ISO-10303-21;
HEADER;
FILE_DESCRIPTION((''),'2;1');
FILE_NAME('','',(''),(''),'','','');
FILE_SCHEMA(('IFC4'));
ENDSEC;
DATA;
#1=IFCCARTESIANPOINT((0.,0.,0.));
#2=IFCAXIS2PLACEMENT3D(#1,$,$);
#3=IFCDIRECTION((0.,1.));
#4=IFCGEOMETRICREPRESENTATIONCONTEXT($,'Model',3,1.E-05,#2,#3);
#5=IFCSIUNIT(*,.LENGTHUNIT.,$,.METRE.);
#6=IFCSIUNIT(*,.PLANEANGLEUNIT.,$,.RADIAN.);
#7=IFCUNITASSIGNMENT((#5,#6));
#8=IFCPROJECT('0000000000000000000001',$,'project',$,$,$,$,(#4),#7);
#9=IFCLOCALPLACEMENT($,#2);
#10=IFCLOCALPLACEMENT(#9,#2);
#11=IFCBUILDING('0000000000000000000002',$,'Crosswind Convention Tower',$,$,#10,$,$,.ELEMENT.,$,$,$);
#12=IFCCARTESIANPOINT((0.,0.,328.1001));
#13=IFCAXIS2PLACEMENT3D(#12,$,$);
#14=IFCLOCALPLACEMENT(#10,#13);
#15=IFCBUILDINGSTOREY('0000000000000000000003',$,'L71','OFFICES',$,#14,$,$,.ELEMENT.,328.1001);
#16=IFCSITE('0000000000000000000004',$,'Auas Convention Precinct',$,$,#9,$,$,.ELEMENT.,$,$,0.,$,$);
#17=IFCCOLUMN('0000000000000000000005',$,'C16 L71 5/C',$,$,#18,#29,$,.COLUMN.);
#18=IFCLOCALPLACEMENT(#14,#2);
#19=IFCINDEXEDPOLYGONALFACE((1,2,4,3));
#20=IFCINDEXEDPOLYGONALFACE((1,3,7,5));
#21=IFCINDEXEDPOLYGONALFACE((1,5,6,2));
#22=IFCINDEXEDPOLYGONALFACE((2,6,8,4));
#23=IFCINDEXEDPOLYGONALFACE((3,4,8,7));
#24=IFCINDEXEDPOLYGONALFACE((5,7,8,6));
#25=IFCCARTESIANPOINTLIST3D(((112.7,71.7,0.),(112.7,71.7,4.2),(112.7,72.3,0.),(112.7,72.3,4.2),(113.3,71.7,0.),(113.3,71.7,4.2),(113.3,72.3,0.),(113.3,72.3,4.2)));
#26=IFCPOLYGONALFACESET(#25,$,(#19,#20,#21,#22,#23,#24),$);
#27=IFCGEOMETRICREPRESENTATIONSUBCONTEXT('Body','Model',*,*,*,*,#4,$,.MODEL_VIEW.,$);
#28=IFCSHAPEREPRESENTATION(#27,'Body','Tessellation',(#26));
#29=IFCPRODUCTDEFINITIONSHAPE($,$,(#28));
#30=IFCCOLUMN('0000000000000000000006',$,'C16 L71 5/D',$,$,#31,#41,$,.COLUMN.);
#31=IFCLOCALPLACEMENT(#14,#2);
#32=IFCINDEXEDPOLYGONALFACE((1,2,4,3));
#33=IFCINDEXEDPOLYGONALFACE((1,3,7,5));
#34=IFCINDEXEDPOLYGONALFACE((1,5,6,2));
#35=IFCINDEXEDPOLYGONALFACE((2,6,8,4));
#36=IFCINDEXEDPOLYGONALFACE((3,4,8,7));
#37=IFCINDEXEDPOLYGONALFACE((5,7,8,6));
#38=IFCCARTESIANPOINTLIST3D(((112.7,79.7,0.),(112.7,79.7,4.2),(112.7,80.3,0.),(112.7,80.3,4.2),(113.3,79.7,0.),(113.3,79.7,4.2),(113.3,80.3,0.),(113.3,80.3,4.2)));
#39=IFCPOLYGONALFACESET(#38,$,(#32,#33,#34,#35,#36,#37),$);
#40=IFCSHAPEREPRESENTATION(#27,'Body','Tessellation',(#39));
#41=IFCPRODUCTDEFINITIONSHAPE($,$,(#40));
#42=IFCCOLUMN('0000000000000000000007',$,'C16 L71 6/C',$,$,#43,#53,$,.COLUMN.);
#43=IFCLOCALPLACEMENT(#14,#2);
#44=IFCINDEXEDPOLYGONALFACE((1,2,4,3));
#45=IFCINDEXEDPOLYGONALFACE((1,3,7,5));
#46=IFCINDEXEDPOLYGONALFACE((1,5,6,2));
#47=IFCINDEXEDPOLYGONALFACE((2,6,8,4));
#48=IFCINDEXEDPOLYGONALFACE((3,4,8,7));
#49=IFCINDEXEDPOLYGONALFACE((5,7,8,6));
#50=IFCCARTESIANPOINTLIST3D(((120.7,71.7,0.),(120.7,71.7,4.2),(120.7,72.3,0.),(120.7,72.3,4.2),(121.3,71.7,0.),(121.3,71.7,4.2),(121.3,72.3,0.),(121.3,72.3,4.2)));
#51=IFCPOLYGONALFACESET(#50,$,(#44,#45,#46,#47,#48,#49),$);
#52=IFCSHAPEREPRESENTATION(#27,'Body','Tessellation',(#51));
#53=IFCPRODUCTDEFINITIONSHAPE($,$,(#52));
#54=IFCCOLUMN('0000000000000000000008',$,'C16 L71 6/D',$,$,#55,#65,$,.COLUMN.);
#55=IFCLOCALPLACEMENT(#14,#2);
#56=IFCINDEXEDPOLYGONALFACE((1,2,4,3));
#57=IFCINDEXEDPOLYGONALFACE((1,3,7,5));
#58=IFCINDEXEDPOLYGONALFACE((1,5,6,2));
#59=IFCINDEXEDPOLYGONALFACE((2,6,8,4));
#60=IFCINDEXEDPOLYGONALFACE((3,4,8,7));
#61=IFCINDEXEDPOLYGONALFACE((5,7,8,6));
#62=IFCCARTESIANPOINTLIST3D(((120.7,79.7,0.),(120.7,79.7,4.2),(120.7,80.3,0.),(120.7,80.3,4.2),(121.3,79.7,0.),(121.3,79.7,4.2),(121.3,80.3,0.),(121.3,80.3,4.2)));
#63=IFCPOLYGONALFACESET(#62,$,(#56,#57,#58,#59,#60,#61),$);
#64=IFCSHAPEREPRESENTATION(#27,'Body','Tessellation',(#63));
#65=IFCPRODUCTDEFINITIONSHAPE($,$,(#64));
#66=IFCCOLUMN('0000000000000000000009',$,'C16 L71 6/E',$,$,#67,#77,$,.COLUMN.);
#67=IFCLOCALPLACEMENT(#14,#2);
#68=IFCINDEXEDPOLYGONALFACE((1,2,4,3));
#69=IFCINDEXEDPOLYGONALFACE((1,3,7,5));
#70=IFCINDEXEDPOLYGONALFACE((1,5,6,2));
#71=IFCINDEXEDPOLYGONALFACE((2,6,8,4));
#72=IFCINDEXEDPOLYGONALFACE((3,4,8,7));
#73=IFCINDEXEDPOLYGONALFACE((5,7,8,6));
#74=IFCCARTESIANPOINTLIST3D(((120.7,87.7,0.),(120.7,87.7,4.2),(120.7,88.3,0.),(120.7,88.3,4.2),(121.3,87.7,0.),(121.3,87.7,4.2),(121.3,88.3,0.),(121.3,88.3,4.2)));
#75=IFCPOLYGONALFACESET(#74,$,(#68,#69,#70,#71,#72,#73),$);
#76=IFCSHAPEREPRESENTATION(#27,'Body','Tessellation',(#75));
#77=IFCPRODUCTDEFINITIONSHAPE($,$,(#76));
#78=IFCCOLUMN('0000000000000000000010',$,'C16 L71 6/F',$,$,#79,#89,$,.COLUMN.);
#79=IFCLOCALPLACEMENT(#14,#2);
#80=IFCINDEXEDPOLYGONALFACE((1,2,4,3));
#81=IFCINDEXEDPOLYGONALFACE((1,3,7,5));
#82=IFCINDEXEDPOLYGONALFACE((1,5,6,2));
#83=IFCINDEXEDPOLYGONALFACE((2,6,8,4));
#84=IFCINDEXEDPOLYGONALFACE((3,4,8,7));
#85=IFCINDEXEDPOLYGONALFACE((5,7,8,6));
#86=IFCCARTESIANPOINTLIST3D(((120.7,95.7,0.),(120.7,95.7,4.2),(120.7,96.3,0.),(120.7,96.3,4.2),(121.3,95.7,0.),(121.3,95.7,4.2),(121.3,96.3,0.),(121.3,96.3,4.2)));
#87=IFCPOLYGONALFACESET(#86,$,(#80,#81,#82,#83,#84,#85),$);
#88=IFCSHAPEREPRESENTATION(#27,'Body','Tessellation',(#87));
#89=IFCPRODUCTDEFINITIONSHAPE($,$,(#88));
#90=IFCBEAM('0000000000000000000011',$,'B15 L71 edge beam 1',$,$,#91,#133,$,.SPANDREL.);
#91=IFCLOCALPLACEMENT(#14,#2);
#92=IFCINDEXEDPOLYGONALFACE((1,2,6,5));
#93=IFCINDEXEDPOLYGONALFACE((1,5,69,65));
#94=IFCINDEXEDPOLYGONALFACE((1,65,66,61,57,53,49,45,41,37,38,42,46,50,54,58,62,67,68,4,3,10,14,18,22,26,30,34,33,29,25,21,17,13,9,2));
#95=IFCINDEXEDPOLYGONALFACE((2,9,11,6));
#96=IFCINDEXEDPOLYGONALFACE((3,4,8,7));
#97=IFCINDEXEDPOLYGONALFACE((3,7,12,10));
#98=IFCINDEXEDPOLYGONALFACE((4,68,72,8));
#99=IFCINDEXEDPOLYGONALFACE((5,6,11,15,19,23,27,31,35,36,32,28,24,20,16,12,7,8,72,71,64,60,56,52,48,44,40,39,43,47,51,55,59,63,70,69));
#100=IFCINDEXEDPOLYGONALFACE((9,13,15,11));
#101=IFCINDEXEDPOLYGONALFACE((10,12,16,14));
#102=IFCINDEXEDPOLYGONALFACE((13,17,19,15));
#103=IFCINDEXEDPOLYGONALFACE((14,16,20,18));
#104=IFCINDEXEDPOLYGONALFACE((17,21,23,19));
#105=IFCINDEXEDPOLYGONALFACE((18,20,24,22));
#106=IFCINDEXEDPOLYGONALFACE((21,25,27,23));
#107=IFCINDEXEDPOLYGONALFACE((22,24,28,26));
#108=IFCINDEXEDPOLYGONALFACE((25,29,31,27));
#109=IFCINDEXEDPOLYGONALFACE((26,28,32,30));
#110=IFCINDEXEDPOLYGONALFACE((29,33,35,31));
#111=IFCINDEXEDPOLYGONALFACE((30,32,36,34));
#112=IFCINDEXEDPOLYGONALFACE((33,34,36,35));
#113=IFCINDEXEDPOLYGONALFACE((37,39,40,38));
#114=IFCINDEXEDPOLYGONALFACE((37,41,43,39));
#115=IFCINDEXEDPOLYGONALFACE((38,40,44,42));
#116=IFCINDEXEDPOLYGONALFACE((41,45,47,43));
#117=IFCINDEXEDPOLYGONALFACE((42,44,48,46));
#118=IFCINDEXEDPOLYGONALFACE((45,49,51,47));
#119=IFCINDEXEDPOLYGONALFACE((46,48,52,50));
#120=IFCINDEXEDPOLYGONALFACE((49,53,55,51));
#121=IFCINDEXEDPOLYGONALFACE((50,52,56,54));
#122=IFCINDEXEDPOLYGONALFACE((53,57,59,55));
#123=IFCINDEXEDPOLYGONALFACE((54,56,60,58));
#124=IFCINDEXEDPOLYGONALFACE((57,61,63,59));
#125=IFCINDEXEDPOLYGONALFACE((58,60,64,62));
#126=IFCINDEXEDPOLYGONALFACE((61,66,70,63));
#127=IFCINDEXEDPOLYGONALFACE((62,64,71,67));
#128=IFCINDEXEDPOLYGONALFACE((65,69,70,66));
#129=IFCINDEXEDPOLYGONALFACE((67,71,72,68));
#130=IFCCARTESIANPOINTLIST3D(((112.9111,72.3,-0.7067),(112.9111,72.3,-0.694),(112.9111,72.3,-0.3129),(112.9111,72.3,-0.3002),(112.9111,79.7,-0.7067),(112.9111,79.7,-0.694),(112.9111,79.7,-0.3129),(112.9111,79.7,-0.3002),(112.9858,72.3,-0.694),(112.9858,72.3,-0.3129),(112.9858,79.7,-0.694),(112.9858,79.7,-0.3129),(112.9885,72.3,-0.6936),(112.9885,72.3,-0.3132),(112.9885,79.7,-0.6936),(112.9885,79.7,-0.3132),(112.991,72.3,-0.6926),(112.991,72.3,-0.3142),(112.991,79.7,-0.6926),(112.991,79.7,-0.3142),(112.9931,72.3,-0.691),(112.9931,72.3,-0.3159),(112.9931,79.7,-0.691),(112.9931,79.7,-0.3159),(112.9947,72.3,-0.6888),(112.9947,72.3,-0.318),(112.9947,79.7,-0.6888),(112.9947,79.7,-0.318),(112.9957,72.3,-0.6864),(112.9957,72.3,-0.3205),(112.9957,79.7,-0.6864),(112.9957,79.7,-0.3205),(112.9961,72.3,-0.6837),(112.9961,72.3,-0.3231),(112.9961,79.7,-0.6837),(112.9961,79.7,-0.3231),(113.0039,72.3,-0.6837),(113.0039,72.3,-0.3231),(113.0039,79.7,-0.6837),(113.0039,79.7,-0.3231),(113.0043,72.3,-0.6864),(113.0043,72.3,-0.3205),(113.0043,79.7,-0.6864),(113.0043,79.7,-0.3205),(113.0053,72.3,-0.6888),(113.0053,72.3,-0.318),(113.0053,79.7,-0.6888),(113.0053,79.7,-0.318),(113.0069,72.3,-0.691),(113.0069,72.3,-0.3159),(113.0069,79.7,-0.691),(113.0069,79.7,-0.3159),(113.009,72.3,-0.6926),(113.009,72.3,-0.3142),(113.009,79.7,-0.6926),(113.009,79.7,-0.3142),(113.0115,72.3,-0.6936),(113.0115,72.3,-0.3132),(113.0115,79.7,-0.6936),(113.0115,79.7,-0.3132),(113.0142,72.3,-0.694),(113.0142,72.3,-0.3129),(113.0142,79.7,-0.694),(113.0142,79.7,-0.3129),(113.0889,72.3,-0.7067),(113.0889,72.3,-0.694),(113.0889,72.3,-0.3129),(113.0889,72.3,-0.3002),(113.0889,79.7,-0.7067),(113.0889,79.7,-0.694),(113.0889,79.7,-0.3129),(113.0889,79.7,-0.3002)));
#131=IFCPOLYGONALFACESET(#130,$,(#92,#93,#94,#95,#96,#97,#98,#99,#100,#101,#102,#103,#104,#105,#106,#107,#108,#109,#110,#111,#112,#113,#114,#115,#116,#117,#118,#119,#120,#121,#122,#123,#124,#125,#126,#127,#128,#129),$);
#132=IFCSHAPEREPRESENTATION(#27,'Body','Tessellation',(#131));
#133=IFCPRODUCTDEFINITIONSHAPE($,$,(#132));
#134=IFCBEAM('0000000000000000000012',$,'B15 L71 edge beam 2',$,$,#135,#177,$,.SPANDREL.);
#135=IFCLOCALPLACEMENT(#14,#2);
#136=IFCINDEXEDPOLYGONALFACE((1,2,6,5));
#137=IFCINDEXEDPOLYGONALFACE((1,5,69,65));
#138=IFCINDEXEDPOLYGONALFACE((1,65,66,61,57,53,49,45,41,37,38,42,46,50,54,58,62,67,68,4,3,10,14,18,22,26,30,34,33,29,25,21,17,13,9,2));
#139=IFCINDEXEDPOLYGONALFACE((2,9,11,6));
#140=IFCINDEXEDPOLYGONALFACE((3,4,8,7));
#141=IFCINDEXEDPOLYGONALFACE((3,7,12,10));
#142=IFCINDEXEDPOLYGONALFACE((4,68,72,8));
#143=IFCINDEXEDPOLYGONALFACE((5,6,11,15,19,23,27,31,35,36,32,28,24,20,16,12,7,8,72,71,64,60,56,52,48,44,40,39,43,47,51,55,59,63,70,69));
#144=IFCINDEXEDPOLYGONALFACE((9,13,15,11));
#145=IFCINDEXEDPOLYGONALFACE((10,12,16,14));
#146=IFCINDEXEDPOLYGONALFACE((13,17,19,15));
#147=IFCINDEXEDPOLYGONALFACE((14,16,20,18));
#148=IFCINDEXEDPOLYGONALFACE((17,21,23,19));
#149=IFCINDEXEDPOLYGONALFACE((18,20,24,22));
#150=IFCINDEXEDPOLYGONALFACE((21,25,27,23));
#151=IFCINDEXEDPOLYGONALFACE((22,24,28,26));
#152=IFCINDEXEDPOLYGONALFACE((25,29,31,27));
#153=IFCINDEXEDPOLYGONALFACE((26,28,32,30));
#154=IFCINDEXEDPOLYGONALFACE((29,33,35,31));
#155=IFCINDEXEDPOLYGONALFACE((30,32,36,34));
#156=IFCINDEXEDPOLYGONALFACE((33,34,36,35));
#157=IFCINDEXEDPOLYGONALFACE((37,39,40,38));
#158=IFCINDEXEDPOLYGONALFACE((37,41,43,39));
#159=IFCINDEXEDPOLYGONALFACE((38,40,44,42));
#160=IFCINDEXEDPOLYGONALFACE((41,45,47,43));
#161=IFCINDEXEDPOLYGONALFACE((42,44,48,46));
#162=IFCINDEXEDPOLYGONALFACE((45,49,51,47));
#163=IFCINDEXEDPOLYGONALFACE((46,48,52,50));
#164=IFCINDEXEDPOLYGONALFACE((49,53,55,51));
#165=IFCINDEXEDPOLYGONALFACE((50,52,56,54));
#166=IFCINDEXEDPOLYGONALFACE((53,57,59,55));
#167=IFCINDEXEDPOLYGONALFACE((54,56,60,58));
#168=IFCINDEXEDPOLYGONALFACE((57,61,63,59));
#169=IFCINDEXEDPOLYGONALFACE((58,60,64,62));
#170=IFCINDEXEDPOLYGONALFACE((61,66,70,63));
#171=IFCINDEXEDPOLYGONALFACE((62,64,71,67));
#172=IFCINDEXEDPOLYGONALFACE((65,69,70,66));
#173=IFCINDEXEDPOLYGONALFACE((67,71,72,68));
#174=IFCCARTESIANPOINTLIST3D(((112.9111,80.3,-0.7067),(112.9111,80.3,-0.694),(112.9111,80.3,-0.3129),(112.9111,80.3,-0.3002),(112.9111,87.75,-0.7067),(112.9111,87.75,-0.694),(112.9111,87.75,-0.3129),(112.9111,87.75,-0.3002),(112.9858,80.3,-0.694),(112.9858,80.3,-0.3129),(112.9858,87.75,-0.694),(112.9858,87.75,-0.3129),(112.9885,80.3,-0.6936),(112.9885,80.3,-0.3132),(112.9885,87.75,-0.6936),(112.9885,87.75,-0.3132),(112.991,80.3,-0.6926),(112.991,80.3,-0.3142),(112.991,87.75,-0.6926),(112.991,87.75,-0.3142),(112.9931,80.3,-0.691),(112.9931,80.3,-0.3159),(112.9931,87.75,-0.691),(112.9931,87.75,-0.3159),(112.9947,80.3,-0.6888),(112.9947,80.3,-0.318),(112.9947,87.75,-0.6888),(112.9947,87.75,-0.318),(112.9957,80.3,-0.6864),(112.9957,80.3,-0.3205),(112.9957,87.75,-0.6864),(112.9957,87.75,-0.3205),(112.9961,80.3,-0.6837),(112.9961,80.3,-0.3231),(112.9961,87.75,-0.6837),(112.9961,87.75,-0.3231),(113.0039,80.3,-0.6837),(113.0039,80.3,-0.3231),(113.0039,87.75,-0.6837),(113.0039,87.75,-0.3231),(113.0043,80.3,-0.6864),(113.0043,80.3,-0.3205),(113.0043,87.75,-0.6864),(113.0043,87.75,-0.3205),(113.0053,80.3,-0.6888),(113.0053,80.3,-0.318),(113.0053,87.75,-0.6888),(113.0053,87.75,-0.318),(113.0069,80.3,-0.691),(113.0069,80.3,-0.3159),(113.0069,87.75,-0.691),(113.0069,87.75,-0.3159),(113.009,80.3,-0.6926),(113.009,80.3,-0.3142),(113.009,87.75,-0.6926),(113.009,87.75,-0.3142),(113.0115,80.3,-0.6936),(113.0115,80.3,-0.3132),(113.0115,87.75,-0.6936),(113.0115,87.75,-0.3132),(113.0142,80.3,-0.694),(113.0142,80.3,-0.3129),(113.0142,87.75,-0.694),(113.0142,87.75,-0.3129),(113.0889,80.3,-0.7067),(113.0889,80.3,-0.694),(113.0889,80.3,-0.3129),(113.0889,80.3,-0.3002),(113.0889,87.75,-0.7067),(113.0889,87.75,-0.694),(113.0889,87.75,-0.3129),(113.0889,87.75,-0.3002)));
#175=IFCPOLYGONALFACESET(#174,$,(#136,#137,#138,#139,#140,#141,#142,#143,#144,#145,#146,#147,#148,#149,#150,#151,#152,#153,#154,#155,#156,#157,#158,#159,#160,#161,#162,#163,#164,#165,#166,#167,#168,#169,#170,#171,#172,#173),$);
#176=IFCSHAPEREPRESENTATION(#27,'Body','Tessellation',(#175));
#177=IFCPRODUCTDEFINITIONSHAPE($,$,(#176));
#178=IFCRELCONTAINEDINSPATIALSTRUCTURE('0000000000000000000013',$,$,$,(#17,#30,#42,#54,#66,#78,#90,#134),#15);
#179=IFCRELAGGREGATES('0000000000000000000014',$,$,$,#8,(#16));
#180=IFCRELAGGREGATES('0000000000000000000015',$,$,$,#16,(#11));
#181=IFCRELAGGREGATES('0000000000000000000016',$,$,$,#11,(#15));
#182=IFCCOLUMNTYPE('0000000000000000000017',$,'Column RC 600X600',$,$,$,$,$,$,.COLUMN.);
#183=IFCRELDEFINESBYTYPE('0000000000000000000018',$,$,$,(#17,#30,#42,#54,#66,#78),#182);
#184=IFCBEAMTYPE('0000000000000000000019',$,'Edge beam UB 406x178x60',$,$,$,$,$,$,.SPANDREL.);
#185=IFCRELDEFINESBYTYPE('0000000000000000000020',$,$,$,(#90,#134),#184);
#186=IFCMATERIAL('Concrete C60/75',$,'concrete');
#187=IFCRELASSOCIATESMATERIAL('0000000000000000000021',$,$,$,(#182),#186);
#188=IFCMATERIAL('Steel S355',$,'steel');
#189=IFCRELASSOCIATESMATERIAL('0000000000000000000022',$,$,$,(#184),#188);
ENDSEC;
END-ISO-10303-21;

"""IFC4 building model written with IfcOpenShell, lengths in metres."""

from ifc_helpers import new_model, si_unit, direction, frame, origin, origin_2d, place, context, subcontext, project, spatial, rectangle, i_section, extrude, material, material_profile, profile_set, type_object, element, save


model = new_model("IFC4")

# Units and contexts
model_context = context("Model", 3, precision=1e-05, world=origin(), true_north=direction((0.0, 1.0)))
body_context = subcontext(model_context, "Body", "Model", "MODEL_VIEW")
ifc_project = project(units=[si_unit("LENGTHUNIT", "METRE"), si_unit("PLANEANGLEUNIT", "RADIAN")], contexts=[model_context])

# Site, building, storey
site_placement = place(None, origin())
site = spatial("IfcSite", under=ifc_project, at=site_placement, Name="Auas Convention Precinct", CompositionType="ELEMENT", RefElevation=0.0)
building_placement = place(site_placement, origin())
building = spatial("IfcBuilding", under=site, at=building_placement, Name="Crosswind Convention Tower", CompositionType="ELEMENT")
storey_placement = place(building_placement, frame((0.0, 0.0, 328.1001)))
storey = spatial("IfcBuildingStorey", under=building, at=storey_placement, Name="L71", Description="OFFICES", CompositionType="ELEMENT", Elevation=328.1001)

# Columns
ifc_material_1 = material(Name="Concrete C60/75", Category="concrete")
ifc_material_profile_1 = material_profile(ifc_material_1, rectangle(XDim=0.6001, YDim=0.6001, at=origin_2d()), Name="RC 600X600")
ifc_profile_set_1 = profile_set([ifc_material_profile_1], Name="Concrete C60/75")
column_type = type_object("IfcColumnType", Name="Column RC 600X600", PredefinedType="COLUMN", material=ifc_profile_set_1)
for number, where, z_axis, x_axis, name in (
    (1, (113.0, 72.0, 0.0), (0.0, 0.0, 1.0), (1.0, 0.0, 0.0), "C16 L71 5/C"),
    (2, (113.0, 80.0, 0.0), (0.0, 0.0, 1.0), (1.0, 0.0, 0.0), "C16 L71 5/D"),
    (3, (121.0, 72.0, 0.0), (0.0, 0.0, 1.0), (1.0, 0.0, 0.0), "C16 L71 6/C"),
    (4, (121.0, 80.0, 0.0), (0.0, 0.0, 1.0), (1.0, 0.0, 0.0), "C16 L71 6/D"),
    (5, (121.0, 88.0, 0.0), (0.0, 0.0, 1.0), (1.0, 0.0, 0.0), "C16 L71 6/E"),
    (6, (121.0, 96.0, 0.0), (0.0, 0.0, 1.0), (1.0, 0.0, 0.0), "C16 L71 6/F"),
):
    element("IfcColumn", number, at=place(storey_placement, frame(where, z_axis=z_axis, x_axis=x_axis)), inside=storey, type_object=column_type, Name=name, PredefinedType="COLUMN", context=body_context, shape_type="SweptSolid", body=[
        extrude(rectangle(XDim=0.6001, YDim=0.6001, at=origin_2d()), origin(), (0.0, 0.0, 1.0), 4.2),
    ])

# Beams
ifc_material_2 = material(Name="Steel S355", Category="steel")
ifc_material_profile_2 = material_profile(ifc_material_2, i_section(OverallWidth=0.1777, OverallDepth=0.4065, WebThickness=0.0078, FlangeThickness=0.0127, FilletRadius=0.0103, at=origin_2d()), Name="UB 406x178x60")
ifc_profile_set_2 = profile_set([ifc_material_profile_2], Name="Steel S355")
beam_type_1 = type_object("IfcBeamType", Name="Edge beam UB 406x178x60", PredefinedType="SPANDREL", material=ifc_profile_set_2)
beam_1_placement = place(storey_placement, frame((113.0, 72.3, -0.5034), z_axis=(0.0, 1.0, 0.0), x_axis=(-1.0, 0.0, 0.0)))
element("IfcBeam", 7, at=beam_1_placement, inside=storey, type_object=beam_type_1, Name="B15 L71 edge beam 1", PredefinedType="SPANDREL", context=body_context, shape_type="SweptSolid", body=[
    extrude(i_section(OverallWidth=0.1777, OverallDepth=0.4065, WebThickness=0.0078, FlangeThickness=0.0127, FilletRadius=0.0103, at=origin_2d()), origin(), (0.0, 0.0, 1.0), 7.3999),
])
beam_2_placement = place(storey_placement, frame((113.0, 80.3, -0.5034), z_axis=(0.0, 1.0, 0.0), x_axis=(-1.0, 0.0, 0.0)))
element("IfcBeam", 8, at=beam_2_placement, inside=storey, type_object=beam_type_1, Name="B15 L71 edge beam 2", PredefinedType="SPANDREL", context=body_context, shape_type="SweptSolid", body=[
    extrude(i_section(OverallWidth=0.1777, OverallDepth=0.4065, WebThickness=0.0078, FlangeThickness=0.0127, FilletRadius=0.0103, at=origin_2d()), origin(), (0.0, 0.0, 1.0), 7.45),
])

save(model, "model.ifc")
